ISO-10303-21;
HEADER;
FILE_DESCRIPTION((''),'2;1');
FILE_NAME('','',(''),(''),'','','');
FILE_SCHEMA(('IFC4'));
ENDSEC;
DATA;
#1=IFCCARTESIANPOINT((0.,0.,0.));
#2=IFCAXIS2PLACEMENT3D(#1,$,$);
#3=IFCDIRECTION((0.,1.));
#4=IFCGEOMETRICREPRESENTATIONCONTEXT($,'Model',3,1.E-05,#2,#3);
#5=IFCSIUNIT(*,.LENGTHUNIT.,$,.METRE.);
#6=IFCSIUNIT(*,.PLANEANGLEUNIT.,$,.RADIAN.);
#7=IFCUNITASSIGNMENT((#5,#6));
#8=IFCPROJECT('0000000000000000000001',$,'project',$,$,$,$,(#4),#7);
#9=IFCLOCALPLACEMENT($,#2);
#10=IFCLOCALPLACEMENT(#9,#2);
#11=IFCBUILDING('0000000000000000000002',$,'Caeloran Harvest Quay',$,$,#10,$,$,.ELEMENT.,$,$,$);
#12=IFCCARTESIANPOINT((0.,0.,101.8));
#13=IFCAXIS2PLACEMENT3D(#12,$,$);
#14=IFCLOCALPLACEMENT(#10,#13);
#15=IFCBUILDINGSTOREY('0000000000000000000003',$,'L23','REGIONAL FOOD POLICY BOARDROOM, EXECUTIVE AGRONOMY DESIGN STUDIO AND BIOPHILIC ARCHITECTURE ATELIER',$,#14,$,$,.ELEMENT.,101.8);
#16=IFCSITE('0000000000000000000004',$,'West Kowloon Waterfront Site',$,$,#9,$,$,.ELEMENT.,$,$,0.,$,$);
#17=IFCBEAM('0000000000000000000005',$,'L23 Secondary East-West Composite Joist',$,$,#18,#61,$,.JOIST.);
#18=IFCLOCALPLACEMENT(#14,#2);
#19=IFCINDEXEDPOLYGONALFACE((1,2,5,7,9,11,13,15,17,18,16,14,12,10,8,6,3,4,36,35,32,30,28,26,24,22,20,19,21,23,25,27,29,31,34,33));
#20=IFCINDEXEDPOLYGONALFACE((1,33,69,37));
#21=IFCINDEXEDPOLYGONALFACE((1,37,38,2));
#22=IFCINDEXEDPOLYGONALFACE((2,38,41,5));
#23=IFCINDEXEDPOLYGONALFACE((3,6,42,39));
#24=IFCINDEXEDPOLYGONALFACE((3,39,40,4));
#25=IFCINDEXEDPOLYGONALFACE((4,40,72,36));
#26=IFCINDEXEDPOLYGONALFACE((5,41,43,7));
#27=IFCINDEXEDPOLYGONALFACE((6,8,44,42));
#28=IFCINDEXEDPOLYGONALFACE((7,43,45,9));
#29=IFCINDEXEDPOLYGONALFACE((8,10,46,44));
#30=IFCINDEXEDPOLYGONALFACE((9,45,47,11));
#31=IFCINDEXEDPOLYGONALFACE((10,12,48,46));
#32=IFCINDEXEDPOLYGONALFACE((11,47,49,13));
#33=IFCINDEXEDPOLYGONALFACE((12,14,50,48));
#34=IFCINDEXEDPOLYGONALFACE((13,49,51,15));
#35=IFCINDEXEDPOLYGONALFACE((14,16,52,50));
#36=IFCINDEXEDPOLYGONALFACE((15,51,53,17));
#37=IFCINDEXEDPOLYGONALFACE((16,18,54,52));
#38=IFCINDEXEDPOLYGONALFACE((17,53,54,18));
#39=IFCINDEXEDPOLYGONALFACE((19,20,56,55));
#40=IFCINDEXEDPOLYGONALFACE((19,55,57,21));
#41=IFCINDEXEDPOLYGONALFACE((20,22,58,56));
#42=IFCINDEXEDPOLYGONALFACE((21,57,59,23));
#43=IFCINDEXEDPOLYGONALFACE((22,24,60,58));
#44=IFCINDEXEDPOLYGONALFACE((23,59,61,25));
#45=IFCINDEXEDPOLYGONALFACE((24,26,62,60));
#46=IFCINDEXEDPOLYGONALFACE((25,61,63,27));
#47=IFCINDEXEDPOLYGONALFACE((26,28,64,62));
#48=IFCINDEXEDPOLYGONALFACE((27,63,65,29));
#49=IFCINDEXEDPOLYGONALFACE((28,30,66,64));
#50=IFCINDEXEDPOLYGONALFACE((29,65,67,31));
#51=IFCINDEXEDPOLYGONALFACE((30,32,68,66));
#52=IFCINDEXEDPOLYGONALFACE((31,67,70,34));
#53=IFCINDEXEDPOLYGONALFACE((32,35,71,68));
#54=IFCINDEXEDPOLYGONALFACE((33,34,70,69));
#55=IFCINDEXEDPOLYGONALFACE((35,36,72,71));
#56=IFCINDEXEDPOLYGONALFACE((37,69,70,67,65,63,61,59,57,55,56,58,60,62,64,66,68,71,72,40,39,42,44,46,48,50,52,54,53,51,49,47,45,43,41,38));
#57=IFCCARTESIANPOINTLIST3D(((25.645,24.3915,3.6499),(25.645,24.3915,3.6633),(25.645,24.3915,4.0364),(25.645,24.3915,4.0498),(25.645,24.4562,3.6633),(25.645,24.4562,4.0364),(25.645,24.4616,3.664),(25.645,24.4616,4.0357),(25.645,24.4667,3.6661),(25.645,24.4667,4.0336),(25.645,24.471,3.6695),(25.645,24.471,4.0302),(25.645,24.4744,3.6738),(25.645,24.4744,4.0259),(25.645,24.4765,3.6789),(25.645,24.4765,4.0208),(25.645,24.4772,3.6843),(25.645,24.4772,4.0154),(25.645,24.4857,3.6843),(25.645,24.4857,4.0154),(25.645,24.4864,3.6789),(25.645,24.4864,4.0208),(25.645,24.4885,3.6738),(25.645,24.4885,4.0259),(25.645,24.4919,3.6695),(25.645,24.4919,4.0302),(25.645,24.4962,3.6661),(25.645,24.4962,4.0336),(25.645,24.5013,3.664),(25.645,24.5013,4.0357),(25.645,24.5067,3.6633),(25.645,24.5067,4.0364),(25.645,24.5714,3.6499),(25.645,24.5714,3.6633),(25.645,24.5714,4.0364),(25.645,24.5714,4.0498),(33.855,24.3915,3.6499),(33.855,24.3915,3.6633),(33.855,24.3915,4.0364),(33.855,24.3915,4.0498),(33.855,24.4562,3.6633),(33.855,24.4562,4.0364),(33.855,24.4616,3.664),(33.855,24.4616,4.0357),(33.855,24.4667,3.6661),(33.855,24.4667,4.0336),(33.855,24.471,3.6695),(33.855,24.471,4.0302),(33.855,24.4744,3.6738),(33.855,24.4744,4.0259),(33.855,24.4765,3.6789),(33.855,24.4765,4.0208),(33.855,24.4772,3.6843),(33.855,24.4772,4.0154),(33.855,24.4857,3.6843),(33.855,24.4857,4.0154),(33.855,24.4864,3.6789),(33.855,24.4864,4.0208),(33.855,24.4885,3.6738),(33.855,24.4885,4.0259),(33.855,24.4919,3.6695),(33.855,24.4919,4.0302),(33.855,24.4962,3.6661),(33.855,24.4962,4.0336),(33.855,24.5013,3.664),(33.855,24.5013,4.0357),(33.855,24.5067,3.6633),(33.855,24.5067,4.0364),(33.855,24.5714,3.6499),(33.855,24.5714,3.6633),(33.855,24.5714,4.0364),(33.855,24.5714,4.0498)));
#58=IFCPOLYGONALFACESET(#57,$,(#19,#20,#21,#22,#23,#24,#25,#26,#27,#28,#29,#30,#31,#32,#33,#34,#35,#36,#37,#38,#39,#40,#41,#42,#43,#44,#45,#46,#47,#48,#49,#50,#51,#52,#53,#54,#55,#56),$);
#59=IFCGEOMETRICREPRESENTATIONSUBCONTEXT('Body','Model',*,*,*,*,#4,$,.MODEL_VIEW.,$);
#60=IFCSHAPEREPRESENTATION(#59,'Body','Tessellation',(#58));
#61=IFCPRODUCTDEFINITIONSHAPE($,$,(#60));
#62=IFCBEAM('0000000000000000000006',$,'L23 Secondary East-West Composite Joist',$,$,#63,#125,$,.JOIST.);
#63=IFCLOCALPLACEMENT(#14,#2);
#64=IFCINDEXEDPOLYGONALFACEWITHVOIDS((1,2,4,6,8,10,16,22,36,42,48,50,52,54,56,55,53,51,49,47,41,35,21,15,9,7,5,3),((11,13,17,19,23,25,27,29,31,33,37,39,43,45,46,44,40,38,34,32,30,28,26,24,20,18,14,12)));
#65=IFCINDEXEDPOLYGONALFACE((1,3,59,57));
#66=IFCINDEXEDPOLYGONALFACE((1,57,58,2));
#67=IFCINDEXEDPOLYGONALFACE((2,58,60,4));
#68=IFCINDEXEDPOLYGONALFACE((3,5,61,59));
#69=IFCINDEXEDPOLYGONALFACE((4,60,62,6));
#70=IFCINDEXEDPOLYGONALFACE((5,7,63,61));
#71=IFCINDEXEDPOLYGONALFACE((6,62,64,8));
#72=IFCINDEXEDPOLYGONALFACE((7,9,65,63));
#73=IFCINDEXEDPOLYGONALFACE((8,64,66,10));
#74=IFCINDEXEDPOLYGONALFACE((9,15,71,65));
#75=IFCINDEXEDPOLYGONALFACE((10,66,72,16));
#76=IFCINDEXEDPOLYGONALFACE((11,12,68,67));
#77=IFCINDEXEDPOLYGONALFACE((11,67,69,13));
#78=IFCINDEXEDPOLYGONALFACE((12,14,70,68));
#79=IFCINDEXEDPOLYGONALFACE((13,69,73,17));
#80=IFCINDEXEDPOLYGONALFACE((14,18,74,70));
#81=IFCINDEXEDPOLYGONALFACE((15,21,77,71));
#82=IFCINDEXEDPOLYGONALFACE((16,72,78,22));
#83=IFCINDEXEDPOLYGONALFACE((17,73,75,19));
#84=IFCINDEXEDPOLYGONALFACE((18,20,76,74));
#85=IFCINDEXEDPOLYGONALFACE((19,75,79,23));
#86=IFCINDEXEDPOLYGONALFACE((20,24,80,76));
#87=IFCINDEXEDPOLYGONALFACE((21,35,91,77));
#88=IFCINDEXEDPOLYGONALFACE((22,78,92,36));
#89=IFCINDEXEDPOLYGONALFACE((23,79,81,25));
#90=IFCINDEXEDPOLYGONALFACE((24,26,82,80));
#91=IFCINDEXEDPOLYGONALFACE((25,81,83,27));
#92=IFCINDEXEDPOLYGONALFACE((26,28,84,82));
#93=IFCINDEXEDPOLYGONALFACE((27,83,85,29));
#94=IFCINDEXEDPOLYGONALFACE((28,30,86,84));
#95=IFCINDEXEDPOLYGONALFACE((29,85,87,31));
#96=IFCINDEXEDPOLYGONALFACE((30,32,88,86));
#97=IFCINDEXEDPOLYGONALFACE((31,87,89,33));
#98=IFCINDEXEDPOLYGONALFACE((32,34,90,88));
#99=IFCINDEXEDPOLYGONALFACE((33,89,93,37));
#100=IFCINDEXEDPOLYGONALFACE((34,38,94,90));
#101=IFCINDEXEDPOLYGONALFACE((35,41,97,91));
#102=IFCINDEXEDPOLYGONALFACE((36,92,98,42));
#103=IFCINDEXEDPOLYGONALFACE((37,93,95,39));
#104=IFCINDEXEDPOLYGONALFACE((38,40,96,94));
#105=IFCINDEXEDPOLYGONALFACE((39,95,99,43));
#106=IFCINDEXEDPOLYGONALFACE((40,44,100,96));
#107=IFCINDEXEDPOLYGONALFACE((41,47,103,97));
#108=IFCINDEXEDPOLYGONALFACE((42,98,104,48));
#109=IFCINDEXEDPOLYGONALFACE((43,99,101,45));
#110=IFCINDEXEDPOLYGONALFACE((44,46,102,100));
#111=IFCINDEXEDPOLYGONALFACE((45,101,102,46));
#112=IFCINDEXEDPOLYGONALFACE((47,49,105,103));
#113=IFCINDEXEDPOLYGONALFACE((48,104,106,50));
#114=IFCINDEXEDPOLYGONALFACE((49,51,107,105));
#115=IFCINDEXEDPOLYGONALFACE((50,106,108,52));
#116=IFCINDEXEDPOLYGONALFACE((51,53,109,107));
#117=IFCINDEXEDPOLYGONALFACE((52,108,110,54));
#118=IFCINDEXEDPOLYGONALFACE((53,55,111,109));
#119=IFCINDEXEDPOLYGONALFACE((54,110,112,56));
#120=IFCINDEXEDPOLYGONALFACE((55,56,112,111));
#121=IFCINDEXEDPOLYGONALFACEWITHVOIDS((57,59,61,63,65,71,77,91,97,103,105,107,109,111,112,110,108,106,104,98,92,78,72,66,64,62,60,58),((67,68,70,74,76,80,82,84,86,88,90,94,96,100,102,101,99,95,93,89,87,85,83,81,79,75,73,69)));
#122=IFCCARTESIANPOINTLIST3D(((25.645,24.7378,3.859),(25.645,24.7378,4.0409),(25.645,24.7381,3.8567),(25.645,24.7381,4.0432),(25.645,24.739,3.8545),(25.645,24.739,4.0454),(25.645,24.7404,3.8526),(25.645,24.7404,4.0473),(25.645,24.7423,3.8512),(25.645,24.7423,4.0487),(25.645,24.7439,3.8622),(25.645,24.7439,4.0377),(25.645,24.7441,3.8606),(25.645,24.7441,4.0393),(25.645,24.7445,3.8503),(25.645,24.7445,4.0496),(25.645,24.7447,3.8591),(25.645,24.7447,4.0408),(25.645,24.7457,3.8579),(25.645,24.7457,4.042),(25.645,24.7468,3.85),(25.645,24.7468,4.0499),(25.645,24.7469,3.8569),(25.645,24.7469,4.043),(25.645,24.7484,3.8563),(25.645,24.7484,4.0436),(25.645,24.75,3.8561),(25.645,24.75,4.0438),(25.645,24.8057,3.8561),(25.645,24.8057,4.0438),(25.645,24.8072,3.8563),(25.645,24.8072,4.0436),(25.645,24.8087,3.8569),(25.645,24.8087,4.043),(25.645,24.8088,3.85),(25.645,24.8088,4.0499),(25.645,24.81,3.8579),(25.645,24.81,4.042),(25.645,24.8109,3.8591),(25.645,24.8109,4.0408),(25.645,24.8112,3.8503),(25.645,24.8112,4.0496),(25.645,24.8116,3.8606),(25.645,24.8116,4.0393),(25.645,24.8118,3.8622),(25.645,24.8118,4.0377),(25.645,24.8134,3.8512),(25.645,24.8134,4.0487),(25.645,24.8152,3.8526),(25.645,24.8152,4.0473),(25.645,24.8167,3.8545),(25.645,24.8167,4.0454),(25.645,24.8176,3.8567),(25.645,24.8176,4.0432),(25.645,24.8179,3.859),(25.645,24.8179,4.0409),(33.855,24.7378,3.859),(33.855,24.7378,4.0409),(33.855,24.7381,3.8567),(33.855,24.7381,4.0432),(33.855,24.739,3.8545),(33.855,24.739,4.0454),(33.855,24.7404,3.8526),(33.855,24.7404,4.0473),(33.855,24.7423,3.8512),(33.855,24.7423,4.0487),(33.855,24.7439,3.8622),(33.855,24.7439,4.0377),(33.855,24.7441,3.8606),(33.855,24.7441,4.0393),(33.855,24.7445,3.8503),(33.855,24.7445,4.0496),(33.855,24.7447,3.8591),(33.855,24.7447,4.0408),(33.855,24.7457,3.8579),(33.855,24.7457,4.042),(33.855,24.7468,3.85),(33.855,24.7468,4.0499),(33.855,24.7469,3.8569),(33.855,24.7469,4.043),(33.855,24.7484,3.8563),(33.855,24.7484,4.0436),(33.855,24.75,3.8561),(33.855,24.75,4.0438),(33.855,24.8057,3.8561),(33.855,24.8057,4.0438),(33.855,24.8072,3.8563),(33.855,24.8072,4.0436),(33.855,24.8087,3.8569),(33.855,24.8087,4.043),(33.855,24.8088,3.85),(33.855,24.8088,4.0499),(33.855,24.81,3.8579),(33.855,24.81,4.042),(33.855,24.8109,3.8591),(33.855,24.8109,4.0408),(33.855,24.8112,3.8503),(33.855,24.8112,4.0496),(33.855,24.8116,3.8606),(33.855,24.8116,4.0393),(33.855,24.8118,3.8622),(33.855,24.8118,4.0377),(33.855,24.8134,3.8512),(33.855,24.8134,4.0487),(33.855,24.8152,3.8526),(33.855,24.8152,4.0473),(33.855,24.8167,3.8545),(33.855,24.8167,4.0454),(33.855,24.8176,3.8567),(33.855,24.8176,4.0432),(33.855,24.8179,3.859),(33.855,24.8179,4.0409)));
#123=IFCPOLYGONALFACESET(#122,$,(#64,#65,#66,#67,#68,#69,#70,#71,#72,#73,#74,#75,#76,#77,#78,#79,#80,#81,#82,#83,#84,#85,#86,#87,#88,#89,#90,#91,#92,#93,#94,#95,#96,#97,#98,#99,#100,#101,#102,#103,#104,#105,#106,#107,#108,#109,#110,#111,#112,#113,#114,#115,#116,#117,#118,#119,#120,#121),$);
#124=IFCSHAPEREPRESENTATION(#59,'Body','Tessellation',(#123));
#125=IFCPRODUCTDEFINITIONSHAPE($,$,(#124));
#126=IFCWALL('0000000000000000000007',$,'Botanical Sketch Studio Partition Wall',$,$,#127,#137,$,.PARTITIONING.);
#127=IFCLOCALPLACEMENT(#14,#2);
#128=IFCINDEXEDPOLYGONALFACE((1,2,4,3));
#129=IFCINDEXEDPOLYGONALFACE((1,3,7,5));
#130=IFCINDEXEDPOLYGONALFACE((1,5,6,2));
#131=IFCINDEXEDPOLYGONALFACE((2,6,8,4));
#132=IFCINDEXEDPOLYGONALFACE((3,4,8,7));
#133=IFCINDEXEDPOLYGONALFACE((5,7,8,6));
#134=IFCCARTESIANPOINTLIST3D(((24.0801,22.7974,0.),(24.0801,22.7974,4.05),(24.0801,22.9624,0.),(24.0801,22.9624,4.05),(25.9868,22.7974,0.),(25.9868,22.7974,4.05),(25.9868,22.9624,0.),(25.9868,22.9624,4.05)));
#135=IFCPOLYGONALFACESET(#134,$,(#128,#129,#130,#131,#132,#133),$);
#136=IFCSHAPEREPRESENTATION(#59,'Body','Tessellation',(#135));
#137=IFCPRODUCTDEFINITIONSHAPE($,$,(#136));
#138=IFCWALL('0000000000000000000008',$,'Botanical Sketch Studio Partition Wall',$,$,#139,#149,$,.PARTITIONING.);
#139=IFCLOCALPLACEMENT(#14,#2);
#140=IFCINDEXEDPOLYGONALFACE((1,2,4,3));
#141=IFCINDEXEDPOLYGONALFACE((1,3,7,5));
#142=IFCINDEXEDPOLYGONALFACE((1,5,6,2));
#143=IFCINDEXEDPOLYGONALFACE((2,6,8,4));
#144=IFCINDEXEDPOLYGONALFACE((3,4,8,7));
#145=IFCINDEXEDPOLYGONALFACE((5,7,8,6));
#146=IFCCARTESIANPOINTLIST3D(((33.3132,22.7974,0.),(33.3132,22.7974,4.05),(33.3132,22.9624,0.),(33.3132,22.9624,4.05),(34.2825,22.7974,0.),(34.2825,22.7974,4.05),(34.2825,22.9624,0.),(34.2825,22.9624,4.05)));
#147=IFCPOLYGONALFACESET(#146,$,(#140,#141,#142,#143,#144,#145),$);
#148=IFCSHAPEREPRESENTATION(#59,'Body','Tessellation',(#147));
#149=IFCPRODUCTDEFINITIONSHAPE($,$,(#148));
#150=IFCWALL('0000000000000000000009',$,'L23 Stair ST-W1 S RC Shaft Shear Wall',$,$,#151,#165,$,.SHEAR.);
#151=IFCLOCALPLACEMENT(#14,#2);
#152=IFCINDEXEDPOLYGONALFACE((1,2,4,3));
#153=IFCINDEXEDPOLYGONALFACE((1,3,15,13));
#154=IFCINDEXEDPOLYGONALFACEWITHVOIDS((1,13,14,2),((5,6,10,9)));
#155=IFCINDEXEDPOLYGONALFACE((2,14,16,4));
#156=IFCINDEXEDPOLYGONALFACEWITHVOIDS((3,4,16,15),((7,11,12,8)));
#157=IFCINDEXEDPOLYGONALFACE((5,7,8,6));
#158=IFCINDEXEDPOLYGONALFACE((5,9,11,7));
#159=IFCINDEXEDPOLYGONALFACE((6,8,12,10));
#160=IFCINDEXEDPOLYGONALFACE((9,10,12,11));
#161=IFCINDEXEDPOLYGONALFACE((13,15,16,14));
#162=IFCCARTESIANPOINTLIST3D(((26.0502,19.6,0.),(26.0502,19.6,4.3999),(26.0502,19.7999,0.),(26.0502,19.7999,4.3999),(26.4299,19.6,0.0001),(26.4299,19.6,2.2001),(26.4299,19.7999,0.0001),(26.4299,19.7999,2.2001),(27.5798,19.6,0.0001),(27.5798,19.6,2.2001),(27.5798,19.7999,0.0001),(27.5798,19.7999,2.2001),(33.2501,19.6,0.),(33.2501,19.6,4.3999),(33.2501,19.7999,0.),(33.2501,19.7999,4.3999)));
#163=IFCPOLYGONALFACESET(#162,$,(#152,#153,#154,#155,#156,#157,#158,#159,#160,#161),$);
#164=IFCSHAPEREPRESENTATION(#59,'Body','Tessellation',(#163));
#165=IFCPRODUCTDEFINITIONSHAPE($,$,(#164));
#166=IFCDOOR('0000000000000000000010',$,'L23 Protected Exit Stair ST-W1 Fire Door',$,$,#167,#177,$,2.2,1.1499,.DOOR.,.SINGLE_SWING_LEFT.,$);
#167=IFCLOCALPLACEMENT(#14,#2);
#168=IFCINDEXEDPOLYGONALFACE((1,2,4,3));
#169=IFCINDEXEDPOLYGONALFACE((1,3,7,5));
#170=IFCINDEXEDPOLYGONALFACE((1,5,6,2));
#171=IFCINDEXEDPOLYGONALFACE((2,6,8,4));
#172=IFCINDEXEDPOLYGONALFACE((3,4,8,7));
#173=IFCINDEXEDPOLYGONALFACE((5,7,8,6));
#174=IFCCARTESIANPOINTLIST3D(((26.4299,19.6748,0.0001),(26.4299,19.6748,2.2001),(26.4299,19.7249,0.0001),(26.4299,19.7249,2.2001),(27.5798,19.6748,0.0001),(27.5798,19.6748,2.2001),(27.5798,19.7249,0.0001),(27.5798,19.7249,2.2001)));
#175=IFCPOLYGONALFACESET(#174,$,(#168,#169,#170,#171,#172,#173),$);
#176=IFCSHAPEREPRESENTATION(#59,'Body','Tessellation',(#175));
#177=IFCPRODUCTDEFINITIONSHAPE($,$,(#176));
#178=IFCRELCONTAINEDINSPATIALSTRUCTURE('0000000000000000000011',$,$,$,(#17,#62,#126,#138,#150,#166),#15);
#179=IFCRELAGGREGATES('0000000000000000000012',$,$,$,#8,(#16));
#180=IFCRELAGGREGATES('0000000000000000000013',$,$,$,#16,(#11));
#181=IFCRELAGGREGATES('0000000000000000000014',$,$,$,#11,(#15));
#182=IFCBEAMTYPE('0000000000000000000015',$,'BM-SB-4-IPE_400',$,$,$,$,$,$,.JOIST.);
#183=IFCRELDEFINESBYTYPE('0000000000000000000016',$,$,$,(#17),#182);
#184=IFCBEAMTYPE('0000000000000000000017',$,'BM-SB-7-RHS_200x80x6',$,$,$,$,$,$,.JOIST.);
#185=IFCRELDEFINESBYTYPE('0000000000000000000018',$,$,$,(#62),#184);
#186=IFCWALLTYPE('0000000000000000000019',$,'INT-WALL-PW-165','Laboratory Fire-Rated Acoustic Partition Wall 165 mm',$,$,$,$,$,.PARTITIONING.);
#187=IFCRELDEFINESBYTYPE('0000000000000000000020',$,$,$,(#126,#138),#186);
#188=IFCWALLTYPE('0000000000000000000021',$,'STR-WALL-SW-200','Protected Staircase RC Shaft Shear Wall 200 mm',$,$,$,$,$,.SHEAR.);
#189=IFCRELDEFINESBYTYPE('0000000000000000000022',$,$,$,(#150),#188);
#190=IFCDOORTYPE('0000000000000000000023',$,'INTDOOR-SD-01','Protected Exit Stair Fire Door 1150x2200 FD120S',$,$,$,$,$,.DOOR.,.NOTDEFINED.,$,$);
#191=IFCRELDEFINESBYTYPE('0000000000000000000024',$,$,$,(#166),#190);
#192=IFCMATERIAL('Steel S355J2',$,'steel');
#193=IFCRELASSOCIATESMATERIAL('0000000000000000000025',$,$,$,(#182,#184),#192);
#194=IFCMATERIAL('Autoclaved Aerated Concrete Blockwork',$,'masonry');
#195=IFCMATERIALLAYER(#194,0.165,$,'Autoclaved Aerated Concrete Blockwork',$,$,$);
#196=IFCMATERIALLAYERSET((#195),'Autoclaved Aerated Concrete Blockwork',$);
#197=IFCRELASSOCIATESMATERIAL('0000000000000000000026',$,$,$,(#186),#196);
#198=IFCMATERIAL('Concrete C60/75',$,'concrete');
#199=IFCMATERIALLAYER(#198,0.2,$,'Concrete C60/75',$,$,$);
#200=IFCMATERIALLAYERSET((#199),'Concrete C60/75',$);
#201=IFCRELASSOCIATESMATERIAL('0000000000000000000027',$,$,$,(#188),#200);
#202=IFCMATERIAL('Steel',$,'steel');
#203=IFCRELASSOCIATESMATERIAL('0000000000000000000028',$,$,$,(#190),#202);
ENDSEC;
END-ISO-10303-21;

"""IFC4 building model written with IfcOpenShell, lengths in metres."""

from ifc_helpers import new_model, si_unit, direction, frame, frame_2d, origin, origin_2d, place, context, subcontext, project, spatial, rectangle, hollow_rectangle, i_section, extrude, material, layer, layer_set, material_profile, profile_set, type_object, element, fill, save


model = new_model("IFC4")

# Units and contexts
model_context = context("Model", 3, precision=1e-05, world=origin(), true_north=direction((0.0, 1.0)))
body_context = subcontext(model_context, "Body", "Model", "MODEL_VIEW")
ifc_project = project(units=[si_unit("LENGTHUNIT", "METRE"), si_unit("PLANEANGLEUNIT", "RADIAN")], contexts=[model_context])

# Site, building, storey
site_placement = place(None, origin())
site = spatial("IfcSite", under=ifc_project, at=site_placement, Name="West Kowloon Waterfront Site", CompositionType="ELEMENT", RefElevation=0.0)
building_placement = place(site_placement, origin())
building = spatial("IfcBuilding", under=site, at=building_placement, Name="Caeloran Harvest Quay", CompositionType="ELEMENT")
storey_placement = place(building_placement, frame((0.0, 0.0, 101.8)))
storey = spatial("IfcBuildingStorey", under=building, at=storey_placement, Name="L23", Description="REGIONAL FOOD POLICY BOARDROOM, EXECUTIVE AGRONOMY DESIGN STUDIO AND BIOPHILIC ARCHITECTURE ATELIER", CompositionType="ELEMENT", Elevation=101.8)

# Beams
ifc_material_1 = material(Name="Steel S355J2", Category="steel")
ifc_material_profile_1 = material_profile(ifc_material_1, i_section(OverallWidth=0.1799, OverallDepth=0.3999, WebThickness=0.0085, FlangeThickness=0.0134, FilletRadius=0.021, at=origin_2d()), Name="IPE 400")
ifc_profile_set_1 = profile_set([ifc_material_profile_1], Name="Steel S355J2")
beam_type_1 = type_object("IfcBeamType", Name="BM-SB-4-IPE_400", PredefinedType="JOIST", material=ifc_profile_set_1)
beam_1_placement = place(storey_placement, frame((25.645, 24.4814, 3.8499), z_axis=(1.0, 0.0, 0.0), x_axis=(0.0, 1.0, 0.0)))
element("IfcBeam", 1, at=beam_1_placement, inside=storey, type_object=beam_type_1, Name="L23 Secondary East-West Composite Joist", PredefinedType="JOIST", context=body_context, shape_type="SweptSolid", body=[
    extrude(i_section(OverallWidth=0.1799, OverallDepth=0.3999, WebThickness=0.0085, FlangeThickness=0.0134, FilletRadius=0.021, at=origin_2d()), origin(), (0.0, 0.0, 1.0), 8.21),
])
ifc_material_profile_2 = material_profile(ifc_material_1, hollow_rectangle(XDim=0.0801, YDim=0.2, WallThickness=0.0061, InnerFilletRadius=0.0061, OuterFilletRadius=0.009, at=origin_2d()), Name="RHS 200x80x6")
ifc_profile_set_2 = profile_set([ifc_material_profile_2], Name="Steel S355J2")
beam_type_2 = type_object("IfcBeamType", Name="BM-SB-7-RHS_200x80x6", PredefinedType="JOIST", material=ifc_profile_set_2)
beam_2_placement = place(storey_placement, frame((25.645, 24.7778, 3.95), z_axis=(1.0, 0.0, 0.0), x_axis=(0.0, 1.0, 0.0)))
element("IfcBeam", 2, at=beam_2_placement, inside=storey, type_object=beam_type_2, Name="L23 Secondary East-West Composite Joist", PredefinedType="JOIST", context=body_context, shape_type="SweptSolid", body=[
    extrude(hollow_rectangle(XDim=0.0801, YDim=0.2, WallThickness=0.0061, InnerFilletRadius=0.0061, OuterFilletRadius=0.009, at=origin_2d()), origin(), (0.0, 0.0, 1.0), 8.21),
])

# Walls
ifc_material_2 = material(Name="Autoclaved Aerated Concrete Blockwork", Category="masonry")
ifc_layer_1 = layer(ifc_material_2, 0.165, Name="Autoclaved Aerated Concrete Blockwork")
ifc_layer_set_1 = layer_set([ifc_layer_1], Name="Autoclaved Aerated Concrete Blockwork")
wall_type_1 = type_object("IfcWallType", Name="INT-WALL-PW-165", Description="Laboratory Fire-Rated Acoustic Partition Wall 165 mm", PredefinedType="PARTITIONING", material=ifc_layer_set_1)
wall_1_placement = place(storey_placement, frame((25.9868, 22.8799, 0.0), z_axis=(0.0, 0.0, 1.0), x_axis=(-1.0, 0.0, 0.0)))
element("IfcWall", 3, at=wall_1_placement, inside=storey, type_object=wall_type_1, Name="Botanical Sketch Studio Partition Wall", PredefinedType="PARTITIONING", context=body_context, shape_type="SweptSolid", body=[
    extrude(rectangle(XDim=1.9067, YDim=0.165, at=frame_2d((0.9534, 0.0))), origin(), (0.0, 0.0, 1.0), 4.05),
])
wall_2_placement = place(storey_placement, frame((34.2825, 22.8799, 0.0), z_axis=(0.0, 0.0, 1.0), x_axis=(-1.0, 0.0, 0.0)))
element("IfcWall", 4, at=wall_2_placement, inside=storey, type_object=wall_type_1, Name="Botanical Sketch Studio Partition Wall", PredefinedType="PARTITIONING", context=body_context, shape_type="SweptSolid", body=[
    extrude(rectangle(XDim=0.9692, YDim=0.165, at=frame_2d((0.4846, 0.0))), origin(), (0.0, 0.0, 1.0), 4.05),
])

# Wall, opening, door
ifc_material_3 = material(Name="Concrete C60/75", Category="concrete")
ifc_layer_2 = layer(ifc_material_3, 0.2, Name="Concrete C60/75")
ifc_layer_set_2 = layer_set([ifc_layer_2], Name="Concrete C60/75")
wall_type_2 = type_object("IfcWallType", Name="STR-WALL-SW-200", Description="Protected Staircase RC Shaft Shear Wall 200 mm", PredefinedType="SHEAR", material=ifc_layer_set_2)
wall_3_placement = place(storey_placement, frame((26.05, 19.7, 0.0), z_axis=(0.0, 0.0, 1.0), x_axis=(1.0, 0.0, 0.0)))
wall_3 = element("IfcWall", 5, at=wall_3_placement, inside=storey, type_object=wall_type_2, Name="L23 Stair ST-W1 S RC Shaft Shear Wall", PredefinedType="SHEAR", context=body_context, shape_type="SweptSolid", body=[
    extrude(rectangle(XDim=7.2, YDim=0.2, at=frame_2d((3.6001, 0.0))), origin(), (0.0, 0.0, 1.0), 4.3999),
])
opening_placement = place(wall_3_placement, frame((0.3799, 0.0, 0.0)))
opening = element("IfcOpeningElement", 6, at=opening_placement, cuts=wall_3, PredefinedType="OPENING", context=body_context, shape_type="SweptSolid", body=[
    extrude(rectangle(XDim=1.1499, YDim=2.2, at=frame_2d((0.575, 1.1001))), frame((0.0, 0.1099, 0.0), z_axis=(0.0, -1.0, 0.0), x_axis=(1.0, 0.0, 0.0)), (0.0, 0.0, 1.0), 0.22),
])
ifc_material_4 = material(Name="Steel", Category="steel")
door_type = type_object("IfcDoorType", Name="INTDOOR-SD-01", Description="Protected Exit Stair Fire Door 1150x2200 FD120S", OperationType="NOTDEFINED", PredefinedType="DOOR", material=ifc_material_4)
door_placement = place(opening_placement, origin())
door = element("IfcDoor", 7, at=door_placement, inside=storey, type_object=door_type, Name="L23 Protected Exit Stair ST-W1 Fire Door", OperationType="SINGLE_SWING_LEFT", OverallHeight=2.2, OverallWidth=1.1499, PredefinedType="DOOR", context=body_context, shape_type="SweptSolid", body=[
    extrude(rectangle(XDim=1.1499, YDim=2.2, at=frame_2d((0.575, 1.1001))), frame((0.0, 0.0249, 0.0), z_axis=(0.0, -1.0, 0.0), x_axis=(1.0, 0.0, 0.0)), (0.0, 0.0, 1.0), 0.05),
])
fill(opening, door)

save(model, "model.ifc")
